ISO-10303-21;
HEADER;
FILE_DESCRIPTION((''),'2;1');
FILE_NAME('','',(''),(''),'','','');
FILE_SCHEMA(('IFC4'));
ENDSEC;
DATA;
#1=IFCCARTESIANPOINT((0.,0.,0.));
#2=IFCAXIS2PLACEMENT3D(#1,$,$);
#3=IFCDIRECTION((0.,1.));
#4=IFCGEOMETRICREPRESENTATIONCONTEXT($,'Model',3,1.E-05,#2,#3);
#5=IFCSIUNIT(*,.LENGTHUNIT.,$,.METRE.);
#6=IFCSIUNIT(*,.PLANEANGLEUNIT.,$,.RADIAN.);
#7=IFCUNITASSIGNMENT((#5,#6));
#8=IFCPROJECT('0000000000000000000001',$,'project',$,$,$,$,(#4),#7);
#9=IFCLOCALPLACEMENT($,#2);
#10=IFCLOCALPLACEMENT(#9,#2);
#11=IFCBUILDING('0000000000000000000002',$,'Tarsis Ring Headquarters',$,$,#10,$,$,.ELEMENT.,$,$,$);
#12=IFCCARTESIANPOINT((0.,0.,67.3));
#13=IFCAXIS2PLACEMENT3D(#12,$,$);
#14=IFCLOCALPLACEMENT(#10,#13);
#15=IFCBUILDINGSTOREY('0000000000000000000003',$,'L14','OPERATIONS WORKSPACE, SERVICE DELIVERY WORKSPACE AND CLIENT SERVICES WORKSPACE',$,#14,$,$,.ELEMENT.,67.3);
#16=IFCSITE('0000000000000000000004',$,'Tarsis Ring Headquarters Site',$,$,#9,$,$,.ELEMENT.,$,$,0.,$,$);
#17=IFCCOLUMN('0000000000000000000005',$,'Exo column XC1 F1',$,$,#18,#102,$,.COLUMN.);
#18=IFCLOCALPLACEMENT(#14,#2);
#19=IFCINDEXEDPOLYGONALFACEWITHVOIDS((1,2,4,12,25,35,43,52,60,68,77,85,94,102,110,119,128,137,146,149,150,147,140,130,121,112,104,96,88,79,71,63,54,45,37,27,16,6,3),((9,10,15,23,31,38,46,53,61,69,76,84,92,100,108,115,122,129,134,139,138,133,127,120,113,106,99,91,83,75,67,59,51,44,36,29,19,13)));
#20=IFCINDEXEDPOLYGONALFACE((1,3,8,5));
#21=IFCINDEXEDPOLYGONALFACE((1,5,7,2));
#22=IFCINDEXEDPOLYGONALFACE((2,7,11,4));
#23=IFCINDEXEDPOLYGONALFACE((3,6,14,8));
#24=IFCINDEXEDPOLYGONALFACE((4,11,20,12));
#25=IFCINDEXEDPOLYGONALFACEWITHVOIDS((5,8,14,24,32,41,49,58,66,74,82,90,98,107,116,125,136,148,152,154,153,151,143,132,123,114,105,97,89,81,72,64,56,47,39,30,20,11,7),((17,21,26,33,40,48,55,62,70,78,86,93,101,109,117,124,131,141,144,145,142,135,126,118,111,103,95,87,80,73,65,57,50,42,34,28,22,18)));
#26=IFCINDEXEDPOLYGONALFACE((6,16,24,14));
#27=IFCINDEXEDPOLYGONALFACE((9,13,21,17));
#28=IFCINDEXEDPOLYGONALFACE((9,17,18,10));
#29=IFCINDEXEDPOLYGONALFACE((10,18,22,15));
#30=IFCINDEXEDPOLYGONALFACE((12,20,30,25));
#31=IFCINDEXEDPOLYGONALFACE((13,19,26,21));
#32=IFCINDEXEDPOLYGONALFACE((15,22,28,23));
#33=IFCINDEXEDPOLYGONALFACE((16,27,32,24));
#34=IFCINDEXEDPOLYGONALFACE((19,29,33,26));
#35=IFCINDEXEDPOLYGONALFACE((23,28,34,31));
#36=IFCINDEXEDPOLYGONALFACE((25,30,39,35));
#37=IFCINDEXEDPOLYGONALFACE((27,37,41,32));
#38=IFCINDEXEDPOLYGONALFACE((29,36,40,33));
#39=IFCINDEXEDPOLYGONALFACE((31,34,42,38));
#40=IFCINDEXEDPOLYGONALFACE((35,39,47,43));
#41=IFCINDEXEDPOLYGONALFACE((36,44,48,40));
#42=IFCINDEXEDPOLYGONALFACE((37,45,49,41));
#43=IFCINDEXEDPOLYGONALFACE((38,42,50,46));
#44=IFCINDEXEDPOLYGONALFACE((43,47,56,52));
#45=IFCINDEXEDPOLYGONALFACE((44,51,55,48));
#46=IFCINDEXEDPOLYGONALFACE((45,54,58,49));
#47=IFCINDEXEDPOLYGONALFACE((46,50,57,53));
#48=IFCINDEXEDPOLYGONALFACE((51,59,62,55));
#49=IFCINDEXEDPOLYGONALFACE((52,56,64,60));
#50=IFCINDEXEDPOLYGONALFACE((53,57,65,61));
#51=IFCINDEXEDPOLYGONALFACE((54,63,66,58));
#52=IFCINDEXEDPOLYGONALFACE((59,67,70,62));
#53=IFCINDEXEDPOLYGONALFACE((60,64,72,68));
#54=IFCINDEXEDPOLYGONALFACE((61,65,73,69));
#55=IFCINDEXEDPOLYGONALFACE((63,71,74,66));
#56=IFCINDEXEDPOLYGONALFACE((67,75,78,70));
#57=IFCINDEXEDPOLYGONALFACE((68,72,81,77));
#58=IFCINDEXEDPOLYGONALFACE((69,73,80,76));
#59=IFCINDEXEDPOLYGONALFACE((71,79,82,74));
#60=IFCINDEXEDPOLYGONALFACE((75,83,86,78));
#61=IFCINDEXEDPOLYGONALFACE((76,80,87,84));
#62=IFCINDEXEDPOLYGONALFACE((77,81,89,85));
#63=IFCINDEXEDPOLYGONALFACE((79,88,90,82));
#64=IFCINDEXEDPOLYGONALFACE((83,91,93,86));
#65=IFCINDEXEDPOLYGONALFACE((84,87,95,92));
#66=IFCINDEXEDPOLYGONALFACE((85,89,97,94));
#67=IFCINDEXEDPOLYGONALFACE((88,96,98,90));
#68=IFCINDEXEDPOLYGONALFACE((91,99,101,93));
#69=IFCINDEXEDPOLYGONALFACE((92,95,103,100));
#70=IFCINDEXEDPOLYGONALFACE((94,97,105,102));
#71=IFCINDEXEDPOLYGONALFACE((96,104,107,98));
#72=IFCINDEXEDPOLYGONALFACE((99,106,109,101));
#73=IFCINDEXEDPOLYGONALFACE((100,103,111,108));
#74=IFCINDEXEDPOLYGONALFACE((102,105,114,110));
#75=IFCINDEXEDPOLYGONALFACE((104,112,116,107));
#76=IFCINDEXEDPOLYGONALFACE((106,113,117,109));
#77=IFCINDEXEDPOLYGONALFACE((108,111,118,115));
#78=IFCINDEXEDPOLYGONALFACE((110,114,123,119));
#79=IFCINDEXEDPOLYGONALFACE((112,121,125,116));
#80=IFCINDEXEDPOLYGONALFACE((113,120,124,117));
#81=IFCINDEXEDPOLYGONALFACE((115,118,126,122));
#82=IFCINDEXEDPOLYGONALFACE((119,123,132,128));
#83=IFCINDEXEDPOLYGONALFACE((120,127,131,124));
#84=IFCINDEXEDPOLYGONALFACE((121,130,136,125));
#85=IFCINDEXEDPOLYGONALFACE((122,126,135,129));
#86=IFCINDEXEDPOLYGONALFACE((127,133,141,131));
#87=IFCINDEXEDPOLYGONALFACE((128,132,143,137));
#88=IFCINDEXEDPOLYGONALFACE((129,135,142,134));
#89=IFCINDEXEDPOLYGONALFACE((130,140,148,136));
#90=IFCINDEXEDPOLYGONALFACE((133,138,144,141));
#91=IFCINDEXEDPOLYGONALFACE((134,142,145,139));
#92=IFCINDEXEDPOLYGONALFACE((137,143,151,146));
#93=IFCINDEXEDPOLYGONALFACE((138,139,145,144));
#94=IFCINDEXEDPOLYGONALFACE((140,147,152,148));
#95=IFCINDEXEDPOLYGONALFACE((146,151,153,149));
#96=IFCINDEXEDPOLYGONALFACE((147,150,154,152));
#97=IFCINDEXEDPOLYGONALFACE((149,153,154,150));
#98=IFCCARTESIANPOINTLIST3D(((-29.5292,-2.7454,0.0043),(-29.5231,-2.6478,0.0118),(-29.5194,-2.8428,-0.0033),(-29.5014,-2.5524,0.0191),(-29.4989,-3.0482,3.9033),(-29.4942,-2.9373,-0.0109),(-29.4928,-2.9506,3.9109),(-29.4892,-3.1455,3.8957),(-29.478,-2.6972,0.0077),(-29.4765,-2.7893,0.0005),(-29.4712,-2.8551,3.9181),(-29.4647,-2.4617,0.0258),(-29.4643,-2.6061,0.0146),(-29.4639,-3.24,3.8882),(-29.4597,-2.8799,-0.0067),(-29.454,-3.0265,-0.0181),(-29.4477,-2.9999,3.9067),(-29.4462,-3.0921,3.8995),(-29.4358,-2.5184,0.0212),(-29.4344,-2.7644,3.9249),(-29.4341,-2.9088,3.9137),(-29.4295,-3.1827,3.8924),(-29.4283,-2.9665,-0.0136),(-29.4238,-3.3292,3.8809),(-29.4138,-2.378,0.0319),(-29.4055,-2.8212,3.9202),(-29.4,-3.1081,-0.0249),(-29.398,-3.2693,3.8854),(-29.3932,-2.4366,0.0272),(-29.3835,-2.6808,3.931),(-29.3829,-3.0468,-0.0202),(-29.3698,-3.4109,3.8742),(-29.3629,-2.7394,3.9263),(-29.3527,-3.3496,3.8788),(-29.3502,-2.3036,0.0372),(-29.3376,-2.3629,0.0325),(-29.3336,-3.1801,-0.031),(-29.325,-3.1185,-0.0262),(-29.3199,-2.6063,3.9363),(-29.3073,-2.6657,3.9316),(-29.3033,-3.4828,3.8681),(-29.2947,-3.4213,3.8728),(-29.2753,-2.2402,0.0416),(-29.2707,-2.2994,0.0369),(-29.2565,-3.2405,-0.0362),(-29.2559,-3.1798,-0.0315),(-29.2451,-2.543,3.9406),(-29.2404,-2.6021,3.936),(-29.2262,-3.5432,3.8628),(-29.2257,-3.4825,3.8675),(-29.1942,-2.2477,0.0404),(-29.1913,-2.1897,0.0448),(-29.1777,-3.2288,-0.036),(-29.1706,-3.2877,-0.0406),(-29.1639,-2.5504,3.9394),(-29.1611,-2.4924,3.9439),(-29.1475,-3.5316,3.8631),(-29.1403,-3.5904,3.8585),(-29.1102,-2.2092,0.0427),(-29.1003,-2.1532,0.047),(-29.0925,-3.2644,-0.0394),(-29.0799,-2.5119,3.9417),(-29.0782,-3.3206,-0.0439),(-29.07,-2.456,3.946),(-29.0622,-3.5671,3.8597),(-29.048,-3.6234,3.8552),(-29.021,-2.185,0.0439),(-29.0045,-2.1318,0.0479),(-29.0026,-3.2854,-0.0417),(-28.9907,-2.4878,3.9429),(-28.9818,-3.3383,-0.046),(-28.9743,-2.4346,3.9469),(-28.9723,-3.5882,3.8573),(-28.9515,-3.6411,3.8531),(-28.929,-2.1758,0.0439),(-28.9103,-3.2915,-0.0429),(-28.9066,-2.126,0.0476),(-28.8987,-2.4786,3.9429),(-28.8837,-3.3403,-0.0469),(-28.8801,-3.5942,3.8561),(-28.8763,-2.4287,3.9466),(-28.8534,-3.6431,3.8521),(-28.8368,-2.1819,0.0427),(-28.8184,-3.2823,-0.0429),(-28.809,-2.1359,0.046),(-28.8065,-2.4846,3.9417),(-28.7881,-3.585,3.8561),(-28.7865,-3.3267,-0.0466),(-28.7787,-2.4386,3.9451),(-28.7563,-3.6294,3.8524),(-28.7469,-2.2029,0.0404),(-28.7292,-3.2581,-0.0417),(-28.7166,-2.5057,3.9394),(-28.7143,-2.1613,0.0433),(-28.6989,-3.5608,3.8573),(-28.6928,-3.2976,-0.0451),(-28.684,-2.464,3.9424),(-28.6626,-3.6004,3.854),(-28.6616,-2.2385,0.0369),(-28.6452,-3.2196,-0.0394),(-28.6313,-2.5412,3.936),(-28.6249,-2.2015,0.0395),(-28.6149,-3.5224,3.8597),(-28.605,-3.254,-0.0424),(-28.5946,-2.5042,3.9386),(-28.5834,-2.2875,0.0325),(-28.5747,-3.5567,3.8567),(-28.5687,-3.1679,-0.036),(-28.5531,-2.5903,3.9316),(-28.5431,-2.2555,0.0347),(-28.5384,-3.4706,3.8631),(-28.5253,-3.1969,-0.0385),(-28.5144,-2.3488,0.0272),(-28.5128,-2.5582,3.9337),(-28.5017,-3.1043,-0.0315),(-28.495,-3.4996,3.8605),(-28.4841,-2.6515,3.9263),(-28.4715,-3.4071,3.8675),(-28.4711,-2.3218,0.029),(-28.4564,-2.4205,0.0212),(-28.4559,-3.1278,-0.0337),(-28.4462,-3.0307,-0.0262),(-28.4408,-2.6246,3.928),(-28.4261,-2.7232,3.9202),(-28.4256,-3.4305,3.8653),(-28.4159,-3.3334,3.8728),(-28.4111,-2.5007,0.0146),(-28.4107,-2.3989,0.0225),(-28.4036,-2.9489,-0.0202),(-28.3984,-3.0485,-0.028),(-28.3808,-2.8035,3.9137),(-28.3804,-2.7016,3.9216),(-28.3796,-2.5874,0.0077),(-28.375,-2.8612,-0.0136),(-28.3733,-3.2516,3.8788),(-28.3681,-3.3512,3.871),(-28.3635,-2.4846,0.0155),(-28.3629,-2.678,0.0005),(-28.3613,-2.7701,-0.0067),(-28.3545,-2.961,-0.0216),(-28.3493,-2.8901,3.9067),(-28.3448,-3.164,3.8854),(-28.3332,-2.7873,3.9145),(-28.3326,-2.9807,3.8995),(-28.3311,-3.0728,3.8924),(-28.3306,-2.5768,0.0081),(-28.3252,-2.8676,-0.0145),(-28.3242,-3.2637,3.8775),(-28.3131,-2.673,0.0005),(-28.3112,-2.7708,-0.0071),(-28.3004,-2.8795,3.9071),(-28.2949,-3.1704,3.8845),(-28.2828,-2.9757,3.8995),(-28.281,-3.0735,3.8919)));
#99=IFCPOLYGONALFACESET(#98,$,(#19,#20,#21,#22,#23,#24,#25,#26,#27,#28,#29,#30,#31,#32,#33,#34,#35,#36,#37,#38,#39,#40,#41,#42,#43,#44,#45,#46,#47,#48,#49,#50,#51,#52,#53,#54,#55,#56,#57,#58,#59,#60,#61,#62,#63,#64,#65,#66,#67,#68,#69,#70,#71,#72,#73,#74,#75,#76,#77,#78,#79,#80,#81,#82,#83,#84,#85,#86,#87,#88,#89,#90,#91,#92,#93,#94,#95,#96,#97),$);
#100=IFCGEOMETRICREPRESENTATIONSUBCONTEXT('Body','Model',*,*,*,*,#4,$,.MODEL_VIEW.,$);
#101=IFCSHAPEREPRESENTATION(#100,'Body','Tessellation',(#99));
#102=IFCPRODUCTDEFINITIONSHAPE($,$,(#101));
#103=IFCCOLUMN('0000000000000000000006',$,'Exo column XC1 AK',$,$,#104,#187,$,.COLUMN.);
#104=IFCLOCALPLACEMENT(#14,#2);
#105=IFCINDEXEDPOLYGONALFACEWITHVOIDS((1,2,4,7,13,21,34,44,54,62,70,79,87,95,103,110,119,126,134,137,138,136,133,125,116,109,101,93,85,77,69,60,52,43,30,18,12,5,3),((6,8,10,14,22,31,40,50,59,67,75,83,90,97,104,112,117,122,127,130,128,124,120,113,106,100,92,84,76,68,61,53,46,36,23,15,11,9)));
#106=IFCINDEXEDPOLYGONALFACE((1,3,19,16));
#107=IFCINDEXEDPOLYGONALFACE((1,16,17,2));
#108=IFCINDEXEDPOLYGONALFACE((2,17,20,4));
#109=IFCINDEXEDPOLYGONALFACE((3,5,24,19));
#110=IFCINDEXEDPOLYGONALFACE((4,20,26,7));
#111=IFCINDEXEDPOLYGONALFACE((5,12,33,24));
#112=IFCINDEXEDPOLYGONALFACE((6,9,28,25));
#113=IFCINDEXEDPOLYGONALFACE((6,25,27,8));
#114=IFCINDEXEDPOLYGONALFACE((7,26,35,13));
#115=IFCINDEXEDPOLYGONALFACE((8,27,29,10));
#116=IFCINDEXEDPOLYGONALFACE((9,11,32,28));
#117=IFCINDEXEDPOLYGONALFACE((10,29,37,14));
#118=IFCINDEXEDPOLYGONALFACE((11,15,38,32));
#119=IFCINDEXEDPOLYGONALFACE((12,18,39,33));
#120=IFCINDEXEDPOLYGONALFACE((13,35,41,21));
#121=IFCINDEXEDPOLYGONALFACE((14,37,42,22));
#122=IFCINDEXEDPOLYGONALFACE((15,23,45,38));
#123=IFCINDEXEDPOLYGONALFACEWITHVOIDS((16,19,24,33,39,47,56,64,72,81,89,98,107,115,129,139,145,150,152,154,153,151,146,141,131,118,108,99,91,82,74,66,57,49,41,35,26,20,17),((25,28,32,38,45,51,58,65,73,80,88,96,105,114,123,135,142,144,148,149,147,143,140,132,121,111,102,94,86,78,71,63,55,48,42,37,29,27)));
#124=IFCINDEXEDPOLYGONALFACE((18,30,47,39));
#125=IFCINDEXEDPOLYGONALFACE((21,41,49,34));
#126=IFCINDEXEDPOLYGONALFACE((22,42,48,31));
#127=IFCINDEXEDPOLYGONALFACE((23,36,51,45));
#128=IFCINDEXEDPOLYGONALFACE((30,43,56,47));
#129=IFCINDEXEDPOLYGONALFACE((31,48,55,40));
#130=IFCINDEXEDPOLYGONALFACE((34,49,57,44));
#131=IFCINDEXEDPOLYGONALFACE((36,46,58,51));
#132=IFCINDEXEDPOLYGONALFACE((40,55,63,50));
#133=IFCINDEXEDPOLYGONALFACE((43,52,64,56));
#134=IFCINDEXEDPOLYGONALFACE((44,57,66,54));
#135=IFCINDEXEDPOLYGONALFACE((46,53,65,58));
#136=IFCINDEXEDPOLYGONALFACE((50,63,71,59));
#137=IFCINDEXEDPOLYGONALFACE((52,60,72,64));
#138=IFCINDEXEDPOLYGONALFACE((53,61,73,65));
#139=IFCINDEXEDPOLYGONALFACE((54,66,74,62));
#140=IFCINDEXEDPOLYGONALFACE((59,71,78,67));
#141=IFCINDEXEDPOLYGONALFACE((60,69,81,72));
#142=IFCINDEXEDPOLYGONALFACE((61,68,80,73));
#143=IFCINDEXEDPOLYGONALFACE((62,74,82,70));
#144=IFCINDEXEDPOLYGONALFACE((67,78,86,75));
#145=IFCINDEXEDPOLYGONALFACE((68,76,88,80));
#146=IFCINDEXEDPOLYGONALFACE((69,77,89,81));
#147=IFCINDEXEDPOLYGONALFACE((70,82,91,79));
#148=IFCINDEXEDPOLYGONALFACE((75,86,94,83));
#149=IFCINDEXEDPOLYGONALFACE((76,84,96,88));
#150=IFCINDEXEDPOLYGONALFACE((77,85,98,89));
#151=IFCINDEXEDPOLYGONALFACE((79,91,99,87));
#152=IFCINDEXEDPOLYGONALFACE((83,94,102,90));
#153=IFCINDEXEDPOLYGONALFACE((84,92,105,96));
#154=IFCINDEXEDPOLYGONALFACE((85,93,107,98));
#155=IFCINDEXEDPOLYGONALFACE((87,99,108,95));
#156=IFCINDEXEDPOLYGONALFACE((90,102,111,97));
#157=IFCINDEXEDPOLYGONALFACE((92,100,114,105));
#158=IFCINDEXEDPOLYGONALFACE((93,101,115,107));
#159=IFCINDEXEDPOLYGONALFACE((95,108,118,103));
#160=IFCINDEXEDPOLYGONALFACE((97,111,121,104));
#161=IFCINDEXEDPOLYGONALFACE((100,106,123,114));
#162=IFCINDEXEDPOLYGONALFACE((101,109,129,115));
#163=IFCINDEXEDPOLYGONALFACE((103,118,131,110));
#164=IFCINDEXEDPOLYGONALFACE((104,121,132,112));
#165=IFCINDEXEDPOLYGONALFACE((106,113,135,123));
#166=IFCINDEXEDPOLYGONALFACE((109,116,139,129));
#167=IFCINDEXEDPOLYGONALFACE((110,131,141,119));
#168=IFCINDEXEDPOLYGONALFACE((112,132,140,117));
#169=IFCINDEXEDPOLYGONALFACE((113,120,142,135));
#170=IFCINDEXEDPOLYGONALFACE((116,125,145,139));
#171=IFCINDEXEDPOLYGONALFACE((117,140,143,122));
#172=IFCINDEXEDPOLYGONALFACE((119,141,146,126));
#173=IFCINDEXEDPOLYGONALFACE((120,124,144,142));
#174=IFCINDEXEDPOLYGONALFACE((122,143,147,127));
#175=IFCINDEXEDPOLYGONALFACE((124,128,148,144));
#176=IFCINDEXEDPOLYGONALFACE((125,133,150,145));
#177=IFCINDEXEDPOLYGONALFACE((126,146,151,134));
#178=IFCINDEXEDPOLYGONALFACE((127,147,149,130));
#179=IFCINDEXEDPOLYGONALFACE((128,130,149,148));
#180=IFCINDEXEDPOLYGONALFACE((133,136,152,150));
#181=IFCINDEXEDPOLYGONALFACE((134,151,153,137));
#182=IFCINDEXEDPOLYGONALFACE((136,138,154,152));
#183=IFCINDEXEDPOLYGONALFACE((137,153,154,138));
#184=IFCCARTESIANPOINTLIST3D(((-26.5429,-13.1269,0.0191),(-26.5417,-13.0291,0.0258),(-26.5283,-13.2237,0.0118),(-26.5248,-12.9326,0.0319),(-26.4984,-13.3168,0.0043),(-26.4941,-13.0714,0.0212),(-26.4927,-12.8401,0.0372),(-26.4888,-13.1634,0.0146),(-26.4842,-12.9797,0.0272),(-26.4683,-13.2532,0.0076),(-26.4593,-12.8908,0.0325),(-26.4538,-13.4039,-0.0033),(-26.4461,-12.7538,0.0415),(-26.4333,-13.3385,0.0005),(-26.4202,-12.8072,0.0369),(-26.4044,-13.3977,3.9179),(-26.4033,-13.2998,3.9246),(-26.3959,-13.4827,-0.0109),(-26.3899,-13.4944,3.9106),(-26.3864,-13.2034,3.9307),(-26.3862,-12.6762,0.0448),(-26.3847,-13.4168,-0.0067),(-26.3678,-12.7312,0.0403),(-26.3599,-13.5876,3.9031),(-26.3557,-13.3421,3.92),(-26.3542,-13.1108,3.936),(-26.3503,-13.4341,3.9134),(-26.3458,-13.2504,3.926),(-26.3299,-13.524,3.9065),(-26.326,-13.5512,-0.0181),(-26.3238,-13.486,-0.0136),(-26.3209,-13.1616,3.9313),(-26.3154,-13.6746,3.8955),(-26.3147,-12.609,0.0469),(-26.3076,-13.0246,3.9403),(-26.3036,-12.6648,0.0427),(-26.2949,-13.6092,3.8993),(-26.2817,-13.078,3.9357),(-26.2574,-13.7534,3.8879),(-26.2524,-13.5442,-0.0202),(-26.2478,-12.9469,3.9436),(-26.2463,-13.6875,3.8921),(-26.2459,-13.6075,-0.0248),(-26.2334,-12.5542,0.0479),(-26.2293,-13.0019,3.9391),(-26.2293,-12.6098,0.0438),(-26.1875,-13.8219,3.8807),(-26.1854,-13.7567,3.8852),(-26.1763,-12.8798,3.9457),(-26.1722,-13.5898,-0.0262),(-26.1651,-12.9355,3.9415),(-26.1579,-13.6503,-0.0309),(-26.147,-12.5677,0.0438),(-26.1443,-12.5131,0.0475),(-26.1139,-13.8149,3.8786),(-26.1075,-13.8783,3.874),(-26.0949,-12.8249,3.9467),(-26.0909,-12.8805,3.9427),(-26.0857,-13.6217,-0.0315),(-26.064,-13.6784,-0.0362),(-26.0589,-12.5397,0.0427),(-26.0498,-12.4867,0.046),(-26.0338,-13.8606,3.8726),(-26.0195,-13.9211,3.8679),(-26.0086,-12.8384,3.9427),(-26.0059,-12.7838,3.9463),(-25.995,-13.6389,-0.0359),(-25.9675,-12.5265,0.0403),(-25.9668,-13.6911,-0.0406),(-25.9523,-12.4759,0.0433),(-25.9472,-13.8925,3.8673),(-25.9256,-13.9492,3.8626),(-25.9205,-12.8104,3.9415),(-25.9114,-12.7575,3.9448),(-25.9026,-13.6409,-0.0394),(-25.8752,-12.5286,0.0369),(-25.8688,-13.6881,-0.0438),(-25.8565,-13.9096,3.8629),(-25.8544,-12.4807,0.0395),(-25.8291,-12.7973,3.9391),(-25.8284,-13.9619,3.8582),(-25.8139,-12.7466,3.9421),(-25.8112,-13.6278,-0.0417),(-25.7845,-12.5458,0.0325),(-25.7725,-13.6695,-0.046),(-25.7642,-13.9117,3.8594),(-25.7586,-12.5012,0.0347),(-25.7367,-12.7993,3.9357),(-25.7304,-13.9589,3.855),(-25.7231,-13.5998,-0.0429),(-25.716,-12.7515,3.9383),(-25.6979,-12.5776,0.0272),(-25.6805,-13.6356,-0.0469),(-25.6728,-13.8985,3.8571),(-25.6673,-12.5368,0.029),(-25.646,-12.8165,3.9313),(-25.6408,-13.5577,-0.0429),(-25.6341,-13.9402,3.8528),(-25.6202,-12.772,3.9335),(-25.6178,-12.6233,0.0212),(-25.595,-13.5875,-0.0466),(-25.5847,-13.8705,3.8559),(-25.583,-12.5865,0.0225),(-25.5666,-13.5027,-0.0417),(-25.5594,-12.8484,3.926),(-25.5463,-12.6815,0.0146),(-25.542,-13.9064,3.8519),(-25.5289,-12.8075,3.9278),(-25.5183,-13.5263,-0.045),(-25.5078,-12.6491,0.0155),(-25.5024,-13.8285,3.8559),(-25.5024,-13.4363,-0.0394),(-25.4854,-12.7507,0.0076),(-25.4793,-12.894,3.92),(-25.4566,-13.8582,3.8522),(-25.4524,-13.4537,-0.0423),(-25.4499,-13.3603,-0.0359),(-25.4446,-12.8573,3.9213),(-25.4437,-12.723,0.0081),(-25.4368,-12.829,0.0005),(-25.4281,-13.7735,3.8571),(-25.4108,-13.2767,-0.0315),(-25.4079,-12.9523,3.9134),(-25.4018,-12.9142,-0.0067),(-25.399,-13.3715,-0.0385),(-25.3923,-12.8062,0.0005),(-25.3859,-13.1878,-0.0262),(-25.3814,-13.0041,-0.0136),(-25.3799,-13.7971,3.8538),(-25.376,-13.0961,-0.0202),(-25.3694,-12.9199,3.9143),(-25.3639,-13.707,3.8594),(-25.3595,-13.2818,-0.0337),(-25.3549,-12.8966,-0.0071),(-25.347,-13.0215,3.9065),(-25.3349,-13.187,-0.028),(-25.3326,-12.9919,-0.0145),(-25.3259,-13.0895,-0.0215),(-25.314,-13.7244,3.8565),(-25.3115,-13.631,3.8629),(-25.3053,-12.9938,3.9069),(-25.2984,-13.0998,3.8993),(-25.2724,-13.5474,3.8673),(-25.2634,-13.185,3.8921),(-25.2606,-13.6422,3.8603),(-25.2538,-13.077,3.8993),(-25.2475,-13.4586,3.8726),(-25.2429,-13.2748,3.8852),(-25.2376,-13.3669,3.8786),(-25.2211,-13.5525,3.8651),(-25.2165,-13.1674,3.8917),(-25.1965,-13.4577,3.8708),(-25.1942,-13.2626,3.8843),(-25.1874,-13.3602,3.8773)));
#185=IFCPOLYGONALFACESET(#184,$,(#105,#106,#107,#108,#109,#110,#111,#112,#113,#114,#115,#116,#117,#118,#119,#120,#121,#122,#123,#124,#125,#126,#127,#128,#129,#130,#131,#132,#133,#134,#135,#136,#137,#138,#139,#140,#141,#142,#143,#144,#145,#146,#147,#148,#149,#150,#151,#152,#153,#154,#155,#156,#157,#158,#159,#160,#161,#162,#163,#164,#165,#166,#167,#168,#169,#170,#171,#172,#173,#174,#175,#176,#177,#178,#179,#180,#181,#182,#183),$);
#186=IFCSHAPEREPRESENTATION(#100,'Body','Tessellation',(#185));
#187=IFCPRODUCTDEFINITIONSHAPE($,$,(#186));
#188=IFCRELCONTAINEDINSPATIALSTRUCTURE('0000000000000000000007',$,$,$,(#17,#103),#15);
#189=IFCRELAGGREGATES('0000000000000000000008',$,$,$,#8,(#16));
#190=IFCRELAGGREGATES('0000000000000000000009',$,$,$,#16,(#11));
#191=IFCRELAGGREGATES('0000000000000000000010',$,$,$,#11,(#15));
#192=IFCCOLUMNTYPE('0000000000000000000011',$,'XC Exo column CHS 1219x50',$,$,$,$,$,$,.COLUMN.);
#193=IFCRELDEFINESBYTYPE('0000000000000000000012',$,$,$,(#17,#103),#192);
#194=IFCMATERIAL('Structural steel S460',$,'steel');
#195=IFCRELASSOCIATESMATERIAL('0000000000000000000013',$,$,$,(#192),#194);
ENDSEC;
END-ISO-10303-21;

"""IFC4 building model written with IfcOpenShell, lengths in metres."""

from ifc_helpers import new_model, si_unit, direction, frame, origin, origin_2d, place, context, subcontext, project, spatial, hollow_circle, extrude, material, material_profile, profile_set, type_object, element, save


model = new_model("IFC4")

# Units and contexts
model_context = context("Model", 3, precision=1e-05, world=origin(), true_north=direction((0.0, 1.0)))
body_context = subcontext(model_context, "Body", "Model", "MODEL_VIEW")
ifc_project = project(units=[si_unit("LENGTHUNIT", "METRE"), si_unit("PLANEANGLEUNIT", "RADIAN")], contexts=[model_context])

# Site, building, storey
site_placement = place(None, origin())
site = spatial("IfcSite", under=ifc_project, at=site_placement, Name="Tarsis Ring Headquarters Site", CompositionType="ELEMENT", RefElevation=0.0)
building_placement = place(site_placement, origin())
building = spatial("IfcBuilding", under=site, at=building_placement, Name="Tarsis Ring Headquarters", CompositionType="ELEMENT")
storey_placement = place(building_placement, frame((0.0, 0.0, 67.3)))
storey = spatial("IfcBuildingStorey", under=building, at=storey_placement, Name="L14", Description="OPERATIONS WORKSPACE, SERVICE DELIVERY WORKSPACE AND CLIENT SERVICES WORKSPACE", CompositionType="ELEMENT", Elevation=67.3)

# Columns
ifc_material_1 = material(Name="Structural steel S460", Category="steel")
ifc_material_profile_1 = material_profile(ifc_material_1, hollow_circle(Radius=0.6096, WallThickness=0.05, at=origin_2d()), Name="CHS 1219x50")
ifc_profile_set_1 = profile_set([ifc_material_profile_1], Name="Structural steel S460")
column_type = type_object("IfcColumnType", Name="XC Exo column CHS 1219x50", PredefinedType="COLUMN", material=ifc_profile_set_1)
column_1_placement = place(storey_placement, frame((-28.9197, -2.7336, 0.0005), z_axis=(0.007741, -0.07741, 0.996969), x_axis=(0.995037, 0.099504, 0.0)))
element("IfcColumn", 1, at=column_1_placement, inside=storey, type_object=column_type, Name="Exo column XC1 F1", PredefinedType="COLUMN", context=body_context, shape_type="SweptSolid", body=[
    extrude(hollow_circle(Radius=0.6096, WallThickness=0.05, at=origin_2d()), origin(), (0.0, 0.0, 1.0), 3.9109),
])
column_2_placement = place(storey_placement, frame((-25.9351, -13.0837, 0.0005), z_axis=(0.035397, -0.069232, 0.996972), x_axis=(0.890377, 0.455224, 0.0)))
element("IfcColumn", 2, at=column_2_placement, inside=storey, type_object=column_type, Name="Exo column XC1 AK", PredefinedType="COLUMN", context=body_context, shape_type="SweptSolid", body=[
    extrude(hollow_circle(Radius=0.6096, WallThickness=0.05, at=origin_2d()), origin(), (0.0, 0.0, 1.0), 3.9106),
])

save(model, "model.ifc")
